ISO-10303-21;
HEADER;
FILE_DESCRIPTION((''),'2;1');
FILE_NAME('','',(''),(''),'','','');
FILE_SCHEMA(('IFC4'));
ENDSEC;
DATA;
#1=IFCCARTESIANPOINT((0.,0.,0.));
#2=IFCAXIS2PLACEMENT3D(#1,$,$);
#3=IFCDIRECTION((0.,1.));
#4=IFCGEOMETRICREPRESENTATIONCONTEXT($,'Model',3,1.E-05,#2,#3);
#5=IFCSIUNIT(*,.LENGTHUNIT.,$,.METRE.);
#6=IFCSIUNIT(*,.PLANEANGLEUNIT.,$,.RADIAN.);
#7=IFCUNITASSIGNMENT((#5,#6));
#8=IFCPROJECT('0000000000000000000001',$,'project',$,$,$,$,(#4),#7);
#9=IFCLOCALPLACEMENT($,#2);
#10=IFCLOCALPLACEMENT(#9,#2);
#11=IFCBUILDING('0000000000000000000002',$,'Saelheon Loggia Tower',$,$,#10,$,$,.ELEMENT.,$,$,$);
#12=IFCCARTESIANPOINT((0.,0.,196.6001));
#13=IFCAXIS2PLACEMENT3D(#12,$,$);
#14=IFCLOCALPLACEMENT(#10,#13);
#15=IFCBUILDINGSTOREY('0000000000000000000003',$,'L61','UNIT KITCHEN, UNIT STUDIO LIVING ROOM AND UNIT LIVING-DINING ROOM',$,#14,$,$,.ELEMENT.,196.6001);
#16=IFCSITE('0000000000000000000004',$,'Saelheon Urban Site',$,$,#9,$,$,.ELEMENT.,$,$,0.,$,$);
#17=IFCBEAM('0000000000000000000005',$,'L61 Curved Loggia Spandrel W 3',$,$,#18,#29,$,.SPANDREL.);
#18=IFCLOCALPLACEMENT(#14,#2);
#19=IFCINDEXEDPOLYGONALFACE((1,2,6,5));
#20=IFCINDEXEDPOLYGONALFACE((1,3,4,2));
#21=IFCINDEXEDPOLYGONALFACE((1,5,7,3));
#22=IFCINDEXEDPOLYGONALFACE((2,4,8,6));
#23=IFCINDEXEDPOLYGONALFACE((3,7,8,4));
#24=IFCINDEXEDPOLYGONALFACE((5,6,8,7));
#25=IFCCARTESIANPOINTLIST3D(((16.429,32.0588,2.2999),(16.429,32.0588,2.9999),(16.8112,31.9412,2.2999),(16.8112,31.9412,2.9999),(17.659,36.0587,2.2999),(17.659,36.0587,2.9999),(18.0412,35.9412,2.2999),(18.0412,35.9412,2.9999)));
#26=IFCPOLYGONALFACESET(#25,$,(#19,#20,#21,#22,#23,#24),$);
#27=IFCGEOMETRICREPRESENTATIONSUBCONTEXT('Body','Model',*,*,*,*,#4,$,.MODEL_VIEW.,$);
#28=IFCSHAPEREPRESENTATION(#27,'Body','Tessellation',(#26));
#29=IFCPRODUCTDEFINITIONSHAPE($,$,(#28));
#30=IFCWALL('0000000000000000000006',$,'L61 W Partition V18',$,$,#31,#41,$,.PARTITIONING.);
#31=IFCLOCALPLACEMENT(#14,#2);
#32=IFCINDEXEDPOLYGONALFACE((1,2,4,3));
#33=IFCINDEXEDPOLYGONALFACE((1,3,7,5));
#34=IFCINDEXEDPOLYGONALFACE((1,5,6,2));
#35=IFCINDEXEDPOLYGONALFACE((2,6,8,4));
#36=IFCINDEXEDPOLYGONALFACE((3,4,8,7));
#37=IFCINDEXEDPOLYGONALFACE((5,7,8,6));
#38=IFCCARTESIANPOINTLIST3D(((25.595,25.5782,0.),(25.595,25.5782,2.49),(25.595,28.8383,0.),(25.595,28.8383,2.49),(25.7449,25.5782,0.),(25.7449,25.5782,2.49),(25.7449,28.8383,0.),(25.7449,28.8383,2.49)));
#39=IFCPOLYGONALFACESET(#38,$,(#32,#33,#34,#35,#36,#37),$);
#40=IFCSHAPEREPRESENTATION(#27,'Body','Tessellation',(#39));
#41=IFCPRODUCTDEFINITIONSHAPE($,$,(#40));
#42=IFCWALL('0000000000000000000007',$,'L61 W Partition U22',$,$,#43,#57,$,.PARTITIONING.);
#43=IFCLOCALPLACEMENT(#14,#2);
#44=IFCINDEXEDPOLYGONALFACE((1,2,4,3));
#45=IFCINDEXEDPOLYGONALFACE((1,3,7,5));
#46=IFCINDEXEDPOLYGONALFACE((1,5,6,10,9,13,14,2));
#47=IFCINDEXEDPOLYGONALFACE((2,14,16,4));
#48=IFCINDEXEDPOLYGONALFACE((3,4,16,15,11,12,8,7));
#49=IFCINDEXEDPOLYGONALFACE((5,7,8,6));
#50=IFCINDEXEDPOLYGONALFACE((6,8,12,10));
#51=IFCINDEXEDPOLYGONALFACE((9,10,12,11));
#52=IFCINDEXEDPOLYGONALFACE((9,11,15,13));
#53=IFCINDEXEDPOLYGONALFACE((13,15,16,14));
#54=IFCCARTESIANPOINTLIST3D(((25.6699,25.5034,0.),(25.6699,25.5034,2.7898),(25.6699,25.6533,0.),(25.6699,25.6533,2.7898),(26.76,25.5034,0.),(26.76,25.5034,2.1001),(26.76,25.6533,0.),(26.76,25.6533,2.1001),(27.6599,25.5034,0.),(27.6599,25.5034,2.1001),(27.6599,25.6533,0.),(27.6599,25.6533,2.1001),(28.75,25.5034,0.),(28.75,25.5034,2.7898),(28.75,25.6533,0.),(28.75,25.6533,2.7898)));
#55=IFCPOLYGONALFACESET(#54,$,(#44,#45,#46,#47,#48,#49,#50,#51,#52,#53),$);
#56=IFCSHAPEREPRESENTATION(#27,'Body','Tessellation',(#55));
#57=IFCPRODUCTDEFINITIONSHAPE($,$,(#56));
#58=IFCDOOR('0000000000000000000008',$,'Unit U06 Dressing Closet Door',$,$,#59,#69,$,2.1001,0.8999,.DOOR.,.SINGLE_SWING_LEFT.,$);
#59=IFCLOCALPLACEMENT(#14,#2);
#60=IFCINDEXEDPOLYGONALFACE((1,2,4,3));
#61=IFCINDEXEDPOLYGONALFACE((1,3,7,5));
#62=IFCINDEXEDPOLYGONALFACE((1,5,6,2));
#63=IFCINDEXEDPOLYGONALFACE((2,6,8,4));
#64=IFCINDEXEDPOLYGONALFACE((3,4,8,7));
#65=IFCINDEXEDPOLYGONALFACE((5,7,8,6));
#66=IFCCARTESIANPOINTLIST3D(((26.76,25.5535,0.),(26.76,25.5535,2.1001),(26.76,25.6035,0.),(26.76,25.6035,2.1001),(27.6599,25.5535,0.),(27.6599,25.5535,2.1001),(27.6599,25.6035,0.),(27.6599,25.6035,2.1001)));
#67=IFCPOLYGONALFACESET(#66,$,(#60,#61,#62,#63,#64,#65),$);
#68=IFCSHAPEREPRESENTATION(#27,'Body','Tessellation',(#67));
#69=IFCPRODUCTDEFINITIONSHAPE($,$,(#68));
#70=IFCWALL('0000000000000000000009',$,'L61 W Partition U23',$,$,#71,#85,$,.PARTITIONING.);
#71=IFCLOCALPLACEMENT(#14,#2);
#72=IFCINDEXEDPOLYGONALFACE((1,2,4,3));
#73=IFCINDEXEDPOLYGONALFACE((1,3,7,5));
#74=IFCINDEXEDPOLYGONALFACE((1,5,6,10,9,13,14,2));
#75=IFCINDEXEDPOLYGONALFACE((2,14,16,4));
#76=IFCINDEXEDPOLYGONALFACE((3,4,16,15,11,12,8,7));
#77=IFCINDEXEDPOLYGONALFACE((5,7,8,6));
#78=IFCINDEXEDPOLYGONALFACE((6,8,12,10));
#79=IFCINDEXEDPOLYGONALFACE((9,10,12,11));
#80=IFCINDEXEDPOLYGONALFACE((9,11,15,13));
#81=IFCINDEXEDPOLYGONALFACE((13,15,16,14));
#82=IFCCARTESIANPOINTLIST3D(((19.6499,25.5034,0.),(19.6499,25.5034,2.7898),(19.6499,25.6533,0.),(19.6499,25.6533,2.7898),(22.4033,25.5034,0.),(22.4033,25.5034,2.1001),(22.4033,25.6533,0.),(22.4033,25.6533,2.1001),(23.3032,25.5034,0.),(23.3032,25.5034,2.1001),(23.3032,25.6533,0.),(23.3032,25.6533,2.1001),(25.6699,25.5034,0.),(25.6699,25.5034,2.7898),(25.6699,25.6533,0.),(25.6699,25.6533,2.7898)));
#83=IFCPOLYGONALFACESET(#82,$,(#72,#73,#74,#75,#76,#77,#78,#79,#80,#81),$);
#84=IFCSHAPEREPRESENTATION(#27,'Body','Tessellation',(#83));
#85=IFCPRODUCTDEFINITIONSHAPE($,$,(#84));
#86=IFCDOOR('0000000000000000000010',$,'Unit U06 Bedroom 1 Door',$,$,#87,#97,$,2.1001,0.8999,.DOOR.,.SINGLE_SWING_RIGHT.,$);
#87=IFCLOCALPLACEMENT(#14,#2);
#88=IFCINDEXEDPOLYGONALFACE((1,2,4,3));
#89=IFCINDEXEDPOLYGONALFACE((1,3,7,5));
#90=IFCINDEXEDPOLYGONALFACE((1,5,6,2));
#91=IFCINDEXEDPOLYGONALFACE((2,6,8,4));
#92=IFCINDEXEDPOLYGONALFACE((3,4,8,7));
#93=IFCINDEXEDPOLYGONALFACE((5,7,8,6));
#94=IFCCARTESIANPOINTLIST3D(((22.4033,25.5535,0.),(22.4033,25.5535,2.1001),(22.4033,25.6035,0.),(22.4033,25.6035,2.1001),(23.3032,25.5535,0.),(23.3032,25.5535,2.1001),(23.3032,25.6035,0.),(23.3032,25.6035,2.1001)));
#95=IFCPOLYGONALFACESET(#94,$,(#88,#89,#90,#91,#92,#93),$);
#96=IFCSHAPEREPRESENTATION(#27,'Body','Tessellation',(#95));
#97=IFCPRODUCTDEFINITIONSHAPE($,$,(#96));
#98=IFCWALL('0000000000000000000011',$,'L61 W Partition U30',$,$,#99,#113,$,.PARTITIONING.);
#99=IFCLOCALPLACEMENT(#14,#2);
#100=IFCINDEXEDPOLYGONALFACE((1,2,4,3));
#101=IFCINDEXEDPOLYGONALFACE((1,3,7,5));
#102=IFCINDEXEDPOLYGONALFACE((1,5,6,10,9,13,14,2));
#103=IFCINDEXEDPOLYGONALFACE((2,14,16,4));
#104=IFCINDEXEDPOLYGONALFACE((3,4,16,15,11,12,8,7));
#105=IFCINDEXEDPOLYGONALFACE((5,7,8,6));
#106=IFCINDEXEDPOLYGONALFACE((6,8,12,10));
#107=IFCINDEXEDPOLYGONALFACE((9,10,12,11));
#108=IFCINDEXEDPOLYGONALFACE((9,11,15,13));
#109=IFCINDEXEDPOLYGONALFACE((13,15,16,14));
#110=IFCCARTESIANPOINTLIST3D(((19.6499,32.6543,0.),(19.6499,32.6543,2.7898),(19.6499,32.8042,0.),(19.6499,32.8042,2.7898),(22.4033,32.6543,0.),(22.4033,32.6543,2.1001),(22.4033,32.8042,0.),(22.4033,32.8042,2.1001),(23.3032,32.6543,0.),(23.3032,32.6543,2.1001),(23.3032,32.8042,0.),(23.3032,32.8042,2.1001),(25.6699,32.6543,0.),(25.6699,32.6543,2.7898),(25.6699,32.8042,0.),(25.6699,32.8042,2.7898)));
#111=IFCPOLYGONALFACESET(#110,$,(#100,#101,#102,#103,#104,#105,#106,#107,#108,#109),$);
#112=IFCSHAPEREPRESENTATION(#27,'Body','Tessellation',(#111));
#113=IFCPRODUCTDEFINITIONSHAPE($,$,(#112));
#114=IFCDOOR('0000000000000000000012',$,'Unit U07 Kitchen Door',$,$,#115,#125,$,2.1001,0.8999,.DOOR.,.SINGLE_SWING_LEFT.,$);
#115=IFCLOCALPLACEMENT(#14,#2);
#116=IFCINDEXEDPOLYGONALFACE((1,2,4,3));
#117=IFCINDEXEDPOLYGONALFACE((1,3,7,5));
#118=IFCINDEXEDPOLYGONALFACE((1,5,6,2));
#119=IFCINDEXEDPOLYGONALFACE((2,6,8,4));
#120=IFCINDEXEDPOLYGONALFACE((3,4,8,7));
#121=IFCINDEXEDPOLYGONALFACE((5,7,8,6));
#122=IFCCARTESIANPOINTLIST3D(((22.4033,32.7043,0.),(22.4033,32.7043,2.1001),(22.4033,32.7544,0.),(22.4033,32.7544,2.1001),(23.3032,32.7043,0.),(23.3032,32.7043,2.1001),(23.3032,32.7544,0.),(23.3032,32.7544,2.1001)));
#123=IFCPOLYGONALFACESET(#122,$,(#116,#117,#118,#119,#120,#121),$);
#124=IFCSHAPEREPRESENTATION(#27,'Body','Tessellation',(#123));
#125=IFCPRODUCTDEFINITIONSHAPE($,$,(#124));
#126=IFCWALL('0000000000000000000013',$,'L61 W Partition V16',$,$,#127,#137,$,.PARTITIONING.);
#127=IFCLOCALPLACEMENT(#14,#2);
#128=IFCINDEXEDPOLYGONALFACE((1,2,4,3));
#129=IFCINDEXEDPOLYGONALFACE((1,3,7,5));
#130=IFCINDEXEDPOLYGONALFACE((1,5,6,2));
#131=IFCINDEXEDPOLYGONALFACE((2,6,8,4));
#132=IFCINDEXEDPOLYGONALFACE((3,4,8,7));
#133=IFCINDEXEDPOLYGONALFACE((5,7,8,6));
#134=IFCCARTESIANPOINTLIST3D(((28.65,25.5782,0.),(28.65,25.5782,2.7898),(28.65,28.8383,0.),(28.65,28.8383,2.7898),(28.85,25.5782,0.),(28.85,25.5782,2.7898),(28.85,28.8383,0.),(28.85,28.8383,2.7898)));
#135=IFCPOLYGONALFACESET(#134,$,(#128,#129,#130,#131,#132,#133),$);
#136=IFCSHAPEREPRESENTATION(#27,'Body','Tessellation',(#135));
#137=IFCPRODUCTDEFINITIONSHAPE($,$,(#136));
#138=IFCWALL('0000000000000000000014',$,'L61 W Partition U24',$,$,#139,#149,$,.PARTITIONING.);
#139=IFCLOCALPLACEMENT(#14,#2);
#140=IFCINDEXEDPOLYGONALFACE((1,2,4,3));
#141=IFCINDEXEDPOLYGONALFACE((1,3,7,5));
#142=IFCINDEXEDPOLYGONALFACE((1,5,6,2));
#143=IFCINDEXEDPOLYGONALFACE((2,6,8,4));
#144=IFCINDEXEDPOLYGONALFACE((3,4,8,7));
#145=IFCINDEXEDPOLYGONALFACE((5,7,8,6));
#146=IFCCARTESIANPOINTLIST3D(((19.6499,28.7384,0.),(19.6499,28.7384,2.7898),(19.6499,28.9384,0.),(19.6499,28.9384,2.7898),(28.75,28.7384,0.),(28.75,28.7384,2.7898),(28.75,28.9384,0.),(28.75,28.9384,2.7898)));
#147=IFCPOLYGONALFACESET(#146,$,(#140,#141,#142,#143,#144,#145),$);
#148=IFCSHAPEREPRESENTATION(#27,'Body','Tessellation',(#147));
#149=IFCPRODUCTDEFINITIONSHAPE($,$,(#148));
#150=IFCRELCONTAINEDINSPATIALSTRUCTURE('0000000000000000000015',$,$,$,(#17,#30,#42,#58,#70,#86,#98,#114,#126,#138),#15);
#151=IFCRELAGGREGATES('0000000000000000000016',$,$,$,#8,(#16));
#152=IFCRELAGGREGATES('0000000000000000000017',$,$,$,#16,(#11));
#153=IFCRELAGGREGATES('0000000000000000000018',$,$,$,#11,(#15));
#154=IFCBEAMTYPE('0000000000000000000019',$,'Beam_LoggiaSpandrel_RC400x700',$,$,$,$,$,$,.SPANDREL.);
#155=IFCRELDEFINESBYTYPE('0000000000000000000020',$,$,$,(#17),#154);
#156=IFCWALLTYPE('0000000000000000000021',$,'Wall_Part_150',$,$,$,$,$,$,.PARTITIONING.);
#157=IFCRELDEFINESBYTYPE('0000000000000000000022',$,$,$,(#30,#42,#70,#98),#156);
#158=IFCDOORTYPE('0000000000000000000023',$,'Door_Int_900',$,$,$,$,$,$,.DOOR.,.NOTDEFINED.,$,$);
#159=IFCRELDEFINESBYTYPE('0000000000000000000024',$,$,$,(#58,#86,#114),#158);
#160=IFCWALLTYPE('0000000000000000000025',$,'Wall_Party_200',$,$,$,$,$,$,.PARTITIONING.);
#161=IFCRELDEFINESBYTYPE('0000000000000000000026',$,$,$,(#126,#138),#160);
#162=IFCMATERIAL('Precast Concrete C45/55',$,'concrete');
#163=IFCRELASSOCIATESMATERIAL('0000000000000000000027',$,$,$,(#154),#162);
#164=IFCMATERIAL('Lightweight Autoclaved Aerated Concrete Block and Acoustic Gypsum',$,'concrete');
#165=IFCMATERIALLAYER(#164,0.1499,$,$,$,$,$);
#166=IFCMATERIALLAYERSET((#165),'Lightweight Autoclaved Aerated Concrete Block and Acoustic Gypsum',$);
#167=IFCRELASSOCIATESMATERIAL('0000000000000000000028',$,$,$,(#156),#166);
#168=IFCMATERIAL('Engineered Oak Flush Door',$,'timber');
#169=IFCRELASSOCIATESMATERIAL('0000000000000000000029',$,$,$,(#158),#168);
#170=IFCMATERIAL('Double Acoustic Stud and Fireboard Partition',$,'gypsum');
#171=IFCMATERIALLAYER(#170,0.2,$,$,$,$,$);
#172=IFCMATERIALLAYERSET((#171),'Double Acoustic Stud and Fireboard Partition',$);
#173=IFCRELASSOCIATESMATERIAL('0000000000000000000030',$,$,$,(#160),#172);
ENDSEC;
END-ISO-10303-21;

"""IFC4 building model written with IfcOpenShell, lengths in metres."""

from ifc_helpers import new_model, si_unit, direction, frame, frame_2d, origin, origin_2d, place, context, subcontext, project, spatial, rectangle, extrude, source, transform, mapped, material, layer, layer_set, material_profile, profile_set, type_object, element, fill, save


model = new_model("IFC4")

# Units and contexts
model_context = context("Model", 3, precision=1e-05, world=origin(), true_north=direction((0.0, 1.0)))
body_context = subcontext(model_context, "Body", "Model", "MODEL_VIEW")
ifc_project = project(units=[si_unit("LENGTHUNIT", "METRE"), si_unit("PLANEANGLEUNIT", "RADIAN")], contexts=[model_context])

# Site, building, storey
site_placement = place(None, origin())
site = spatial("IfcSite", under=ifc_project, at=site_placement, Name="Saelheon Urban Site", CompositionType="ELEMENT", RefElevation=0.0)
building_placement = place(site_placement, origin())
building = spatial("IfcBuilding", under=site, at=building_placement, Name="Saelheon Loggia Tower", CompositionType="ELEMENT")
storey_placement = place(building_placement, frame((0.0, 0.0, 196.6001)))
storey = spatial("IfcBuildingStorey", under=building, at=storey_placement, Name="L61", Description="UNIT KITCHEN, UNIT STUDIO LIVING ROOM AND UNIT LIVING-DINING ROOM", CompositionType="ELEMENT", Elevation=196.6001)

# Beam
ifc_material_1 = material(Name="Precast Concrete C45/55", Category="concrete")
ifc_material_profile = material_profile(ifc_material_1, rectangle(XDim=0.3999, YDim=0.7, at=origin_2d()), Name="RC-400x700")
ifc_profile_set = profile_set([ifc_material_profile], Name="Precast Concrete C45/55")
beam_type = type_object("IfcBeamType", Name="Beam_LoggiaSpandrel_RC400x700", PredefinedType="SPANDREL", material=ifc_profile_set)
shared_shape_1 = source(origin(), body_context, "Body", "SweptSolid", [
    extrude(rectangle(XDim=0.3999, YDim=0.7, at=origin_2d()), origin(), (0.0, 0.0, 1.0), 4.1848),
])
beam_placement = place(storey_placement, frame((16.6201, 32.0, 2.6499), z_axis=(0.293914, 0.955832, 0.0), x_axis=(-0.955832, 0.293914, 0.0)))
element("IfcBeam", 1, at=beam_placement, inside=storey, type_object=beam_type, Name="L61 Curved Loggia Spandrel W 3", PredefinedType="SPANDREL", context=body_context, shape_type="MappedRepresentation", body=[
    mapped(shared_shape_1, transform((0.0, 0.0, 0.0), scale=1.0)),
])

# Wall
ifc_material_2 = material(Name="Lightweight Autoclaved Aerated Concrete Block and Acoustic Gypsum", Category="concrete")
ifc_layer_1 = layer(ifc_material_2, 0.1499)
ifc_layer_set_1 = layer_set([ifc_layer_1], Name="Lightweight Autoclaved Aerated Concrete Block and Acoustic Gypsum")
wall_type_1 = type_object("IfcWallType", Name="Wall_Part_150", PredefinedType="PARTITIONING", material=ifc_layer_set_1)
wall_1_placement = place(storey_placement, frame((25.6699, 25.5784, 0.0), z_axis=(0.0, 0.0, 1.0), x_axis=(0.0, 1.0, 0.0)))
element("IfcWall", 2, at=wall_1_placement, inside=storey, type_object=wall_type_1, Name="L61 W Partition V18", PredefinedType="PARTITIONING", context=body_context, shape_type="SweptSolid", body=[
    extrude(rectangle(XDim=3.26, YDim=0.1499, at=frame_2d((1.6299, 0.0))), origin(), (0.0, 0.0, 1.0), 2.49),
])

# Walls, openings, doors
wall_2_placement = place(storey_placement, frame((28.75, 25.5784, 0.0), z_axis=(0.0, 0.0, 1.0), x_axis=(-1.0, 0.0, 0.0)))
wall_2 = element("IfcWall", 3, at=wall_2_placement, inside=storey, type_object=wall_type_1, Name="L61 W Partition U22", PredefinedType="PARTITIONING", context=body_context, shape_type="SweptSolid", body=[
    extrude(rectangle(XDim=3.0801, YDim=0.1499, at=frame_2d((1.54, 0.0))), origin(), (0.0, 0.0, 1.0), 2.7898),
])
opening_1_placement = place(wall_2_placement, frame((1.0901, 0.0, 0.0)))
opening_1 = element("IfcOpeningElement", 4, at=opening_1_placement, cuts=wall_2, PredefinedType="OPENING", context=body_context, shape_type="SweptSolid", body=[
    extrude(rectangle(XDim=0.8999, YDim=2.1001, at=frame_2d((0.45, 1.05))), frame((0.0, 0.0869, 0.0), z_axis=(0.0, -1.0, 0.0), x_axis=(1.0, 0.0, 0.0)), (0.0, 0.0, 1.0), 0.1738),
])
ifc_material_3 = material(Name="Engineered Oak Flush Door", Category="timber")
door_type_1 = type_object("IfcDoorType", Name="Door_Int_900", OperationType="NOTDEFINED", PredefinedType="DOOR", material=ifc_material_3)
shared_shape_2 = source(origin(), body_context, "Body", "SweptSolid", [
    extrude(rectangle(XDim=0.8999, YDim=2.1001, at=frame_2d((0.45, 1.05))), frame((0.0, 0.0249, 0.0), z_axis=(0.0, -1.0, 0.0), x_axis=(1.0, 0.0, 0.0)), (0.0, 0.0, 1.0), 0.05),
])
door_1_placement = place(opening_1_placement, origin())
door_1 = element("IfcDoor", 5, at=door_1_placement, inside=storey, type_object=door_type_1, Name="Unit U06 Dressing Closet Door", OperationType="SINGLE_SWING_LEFT", OverallHeight=2.1001, OverallWidth=0.8999, PredefinedType="DOOR", context=body_context, shape_type="MappedRepresentation", body=[
    mapped(shared_shape_2, transform((0.0, 0.0, 0.0), scale=1.0)),
])
fill(opening_1, door_1)
wall_3_placement = place(storey_placement, frame((25.6699, 25.5784, 0.0), z_axis=(0.0, 0.0, 1.0), x_axis=(-1.0, 0.0, 0.0)))
wall_3 = element("IfcWall", 6, at=wall_3_placement, inside=storey, type_object=wall_type_1, Name="L61 W Partition U23", PredefinedType="PARTITIONING", context=body_context, shape_type="SweptSolid", body=[
    extrude(rectangle(XDim=6.02, YDim=0.1499, at=frame_2d((3.01, 0.0))), origin(), (0.0, 0.0, 1.0), 2.7898),
])
opening_2_placement = place(wall_3_placement, frame((2.3667, 0.0, 0.0)))
opening_2 = element("IfcOpeningElement", 7, at=opening_2_placement, cuts=wall_3, PredefinedType="OPENING", context=body_context, shape_type="SweptSolid", body=[
    extrude(rectangle(XDim=0.8999, YDim=2.1001, at=frame_2d((0.45, 1.05))), frame((0.0, 0.0869, 0.0), z_axis=(0.0, -1.0, 0.0), x_axis=(1.0, 0.0, 0.0)), (0.0, 0.0, 1.0), 0.1738),
])
door_2_placement = place(opening_2_placement, origin())
door_2 = element("IfcDoor", 8, at=door_2_placement, inside=storey, type_object=door_type_1, Name="Unit U06 Bedroom 1 Door", OperationType="SINGLE_SWING_RIGHT", OverallHeight=2.1001, OverallWidth=0.8999, PredefinedType="DOOR", context=body_context, shape_type="MappedRepresentation", body=[
    mapped(shared_shape_2, transform((0.0, 0.0, 0.0), scale=1.0)),
])
fill(opening_2, door_2)
wall_4_placement = place(storey_placement, frame((25.6699, 32.7292, 0.0), z_axis=(0.0, 0.0, 1.0), x_axis=(-1.0, 0.0, 0.0)))
wall_4 = element("IfcWall", 9, at=wall_4_placement, inside=storey, type_object=wall_type_1, Name="L61 W Partition U30", PredefinedType="PARTITIONING", context=body_context, shape_type="SweptSolid", body=[
    extrude(rectangle(XDim=6.02, YDim=0.1499, at=frame_2d((3.01, 0.0))), origin(), (0.0, 0.0, 1.0), 2.7898),
])
opening_3_placement = place(wall_4_placement, frame((2.3667, 0.0, 0.0)))
opening_3 = element("IfcOpeningElement", 10, at=opening_3_placement, cuts=wall_4, PredefinedType="OPENING", context=body_context, shape_type="SweptSolid", body=[
    extrude(rectangle(XDim=0.8999, YDim=2.1001, at=frame_2d((0.45, 1.05))), frame((0.0, 0.0869, 0.0), z_axis=(0.0, -1.0, 0.0), x_axis=(1.0, 0.0, 0.0)), (0.0, 0.0, 1.0), 0.1738),
])
door_3_placement = place(opening_3_placement, origin())
door_3 = element("IfcDoor", 11, at=door_3_placement, inside=storey, type_object=door_type_1, Name="Unit U07 Kitchen Door", OperationType="SINGLE_SWING_LEFT", OverallHeight=2.1001, OverallWidth=0.8999, PredefinedType="DOOR", context=body_context, shape_type="MappedRepresentation", body=[
    mapped(shared_shape_2, transform((0.0, 0.0, 0.0), scale=1.0)),
])
fill(opening_3, door_3)
ifc_material_4 = material(Name="Double Acoustic Stud and Fireboard Partition", Category="gypsum")
ifc_layer_2 = layer(ifc_material_4, 0.2)
ifc_layer_set_2 = layer_set([ifc_layer_2], Name="Double Acoustic Stud and Fireboard Partition")
wall_type_2 = type_object("IfcWallType", Name="Wall_Party_200", PredefinedType="PARTITIONING", material=ifc_layer_set_2)

# Walls
wall_5_placement = place(storey_placement, frame((28.75, 25.5784, 0.0), z_axis=(0.0, 0.0, 1.0), x_axis=(0.0, 1.0, 0.0)))
element("IfcWall", 12, at=wall_5_placement, inside=storey, type_object=wall_type_2, Name="L61 W Partition V16", PredefinedType="PARTITIONING", context=body_context, shape_type="SweptSolid", body=[
    extrude(rectangle(XDim=3.26, YDim=0.2, at=frame_2d((1.6299, 0.0))), origin(), (0.0, 0.0, 1.0), 2.7898),
])
wall_6_placement = place(storey_placement, frame((28.75, 28.8384, 0.0), z_axis=(0.0, 0.0, 1.0), x_axis=(-1.0, 0.0, 0.0)))
element("IfcWall", 13, at=wall_6_placement, inside=storey, type_object=wall_type_2, Name="L61 W Partition U24", PredefinedType="PARTITIONING", context=body_context, shape_type="SweptSolid", body=[
    extrude(rectangle(XDim=9.1001, YDim=0.2, at=frame_2d((4.55, 0.0))), origin(), (0.0, 0.0, 1.0), 2.7898),
])

save(model, "model.ifc")
